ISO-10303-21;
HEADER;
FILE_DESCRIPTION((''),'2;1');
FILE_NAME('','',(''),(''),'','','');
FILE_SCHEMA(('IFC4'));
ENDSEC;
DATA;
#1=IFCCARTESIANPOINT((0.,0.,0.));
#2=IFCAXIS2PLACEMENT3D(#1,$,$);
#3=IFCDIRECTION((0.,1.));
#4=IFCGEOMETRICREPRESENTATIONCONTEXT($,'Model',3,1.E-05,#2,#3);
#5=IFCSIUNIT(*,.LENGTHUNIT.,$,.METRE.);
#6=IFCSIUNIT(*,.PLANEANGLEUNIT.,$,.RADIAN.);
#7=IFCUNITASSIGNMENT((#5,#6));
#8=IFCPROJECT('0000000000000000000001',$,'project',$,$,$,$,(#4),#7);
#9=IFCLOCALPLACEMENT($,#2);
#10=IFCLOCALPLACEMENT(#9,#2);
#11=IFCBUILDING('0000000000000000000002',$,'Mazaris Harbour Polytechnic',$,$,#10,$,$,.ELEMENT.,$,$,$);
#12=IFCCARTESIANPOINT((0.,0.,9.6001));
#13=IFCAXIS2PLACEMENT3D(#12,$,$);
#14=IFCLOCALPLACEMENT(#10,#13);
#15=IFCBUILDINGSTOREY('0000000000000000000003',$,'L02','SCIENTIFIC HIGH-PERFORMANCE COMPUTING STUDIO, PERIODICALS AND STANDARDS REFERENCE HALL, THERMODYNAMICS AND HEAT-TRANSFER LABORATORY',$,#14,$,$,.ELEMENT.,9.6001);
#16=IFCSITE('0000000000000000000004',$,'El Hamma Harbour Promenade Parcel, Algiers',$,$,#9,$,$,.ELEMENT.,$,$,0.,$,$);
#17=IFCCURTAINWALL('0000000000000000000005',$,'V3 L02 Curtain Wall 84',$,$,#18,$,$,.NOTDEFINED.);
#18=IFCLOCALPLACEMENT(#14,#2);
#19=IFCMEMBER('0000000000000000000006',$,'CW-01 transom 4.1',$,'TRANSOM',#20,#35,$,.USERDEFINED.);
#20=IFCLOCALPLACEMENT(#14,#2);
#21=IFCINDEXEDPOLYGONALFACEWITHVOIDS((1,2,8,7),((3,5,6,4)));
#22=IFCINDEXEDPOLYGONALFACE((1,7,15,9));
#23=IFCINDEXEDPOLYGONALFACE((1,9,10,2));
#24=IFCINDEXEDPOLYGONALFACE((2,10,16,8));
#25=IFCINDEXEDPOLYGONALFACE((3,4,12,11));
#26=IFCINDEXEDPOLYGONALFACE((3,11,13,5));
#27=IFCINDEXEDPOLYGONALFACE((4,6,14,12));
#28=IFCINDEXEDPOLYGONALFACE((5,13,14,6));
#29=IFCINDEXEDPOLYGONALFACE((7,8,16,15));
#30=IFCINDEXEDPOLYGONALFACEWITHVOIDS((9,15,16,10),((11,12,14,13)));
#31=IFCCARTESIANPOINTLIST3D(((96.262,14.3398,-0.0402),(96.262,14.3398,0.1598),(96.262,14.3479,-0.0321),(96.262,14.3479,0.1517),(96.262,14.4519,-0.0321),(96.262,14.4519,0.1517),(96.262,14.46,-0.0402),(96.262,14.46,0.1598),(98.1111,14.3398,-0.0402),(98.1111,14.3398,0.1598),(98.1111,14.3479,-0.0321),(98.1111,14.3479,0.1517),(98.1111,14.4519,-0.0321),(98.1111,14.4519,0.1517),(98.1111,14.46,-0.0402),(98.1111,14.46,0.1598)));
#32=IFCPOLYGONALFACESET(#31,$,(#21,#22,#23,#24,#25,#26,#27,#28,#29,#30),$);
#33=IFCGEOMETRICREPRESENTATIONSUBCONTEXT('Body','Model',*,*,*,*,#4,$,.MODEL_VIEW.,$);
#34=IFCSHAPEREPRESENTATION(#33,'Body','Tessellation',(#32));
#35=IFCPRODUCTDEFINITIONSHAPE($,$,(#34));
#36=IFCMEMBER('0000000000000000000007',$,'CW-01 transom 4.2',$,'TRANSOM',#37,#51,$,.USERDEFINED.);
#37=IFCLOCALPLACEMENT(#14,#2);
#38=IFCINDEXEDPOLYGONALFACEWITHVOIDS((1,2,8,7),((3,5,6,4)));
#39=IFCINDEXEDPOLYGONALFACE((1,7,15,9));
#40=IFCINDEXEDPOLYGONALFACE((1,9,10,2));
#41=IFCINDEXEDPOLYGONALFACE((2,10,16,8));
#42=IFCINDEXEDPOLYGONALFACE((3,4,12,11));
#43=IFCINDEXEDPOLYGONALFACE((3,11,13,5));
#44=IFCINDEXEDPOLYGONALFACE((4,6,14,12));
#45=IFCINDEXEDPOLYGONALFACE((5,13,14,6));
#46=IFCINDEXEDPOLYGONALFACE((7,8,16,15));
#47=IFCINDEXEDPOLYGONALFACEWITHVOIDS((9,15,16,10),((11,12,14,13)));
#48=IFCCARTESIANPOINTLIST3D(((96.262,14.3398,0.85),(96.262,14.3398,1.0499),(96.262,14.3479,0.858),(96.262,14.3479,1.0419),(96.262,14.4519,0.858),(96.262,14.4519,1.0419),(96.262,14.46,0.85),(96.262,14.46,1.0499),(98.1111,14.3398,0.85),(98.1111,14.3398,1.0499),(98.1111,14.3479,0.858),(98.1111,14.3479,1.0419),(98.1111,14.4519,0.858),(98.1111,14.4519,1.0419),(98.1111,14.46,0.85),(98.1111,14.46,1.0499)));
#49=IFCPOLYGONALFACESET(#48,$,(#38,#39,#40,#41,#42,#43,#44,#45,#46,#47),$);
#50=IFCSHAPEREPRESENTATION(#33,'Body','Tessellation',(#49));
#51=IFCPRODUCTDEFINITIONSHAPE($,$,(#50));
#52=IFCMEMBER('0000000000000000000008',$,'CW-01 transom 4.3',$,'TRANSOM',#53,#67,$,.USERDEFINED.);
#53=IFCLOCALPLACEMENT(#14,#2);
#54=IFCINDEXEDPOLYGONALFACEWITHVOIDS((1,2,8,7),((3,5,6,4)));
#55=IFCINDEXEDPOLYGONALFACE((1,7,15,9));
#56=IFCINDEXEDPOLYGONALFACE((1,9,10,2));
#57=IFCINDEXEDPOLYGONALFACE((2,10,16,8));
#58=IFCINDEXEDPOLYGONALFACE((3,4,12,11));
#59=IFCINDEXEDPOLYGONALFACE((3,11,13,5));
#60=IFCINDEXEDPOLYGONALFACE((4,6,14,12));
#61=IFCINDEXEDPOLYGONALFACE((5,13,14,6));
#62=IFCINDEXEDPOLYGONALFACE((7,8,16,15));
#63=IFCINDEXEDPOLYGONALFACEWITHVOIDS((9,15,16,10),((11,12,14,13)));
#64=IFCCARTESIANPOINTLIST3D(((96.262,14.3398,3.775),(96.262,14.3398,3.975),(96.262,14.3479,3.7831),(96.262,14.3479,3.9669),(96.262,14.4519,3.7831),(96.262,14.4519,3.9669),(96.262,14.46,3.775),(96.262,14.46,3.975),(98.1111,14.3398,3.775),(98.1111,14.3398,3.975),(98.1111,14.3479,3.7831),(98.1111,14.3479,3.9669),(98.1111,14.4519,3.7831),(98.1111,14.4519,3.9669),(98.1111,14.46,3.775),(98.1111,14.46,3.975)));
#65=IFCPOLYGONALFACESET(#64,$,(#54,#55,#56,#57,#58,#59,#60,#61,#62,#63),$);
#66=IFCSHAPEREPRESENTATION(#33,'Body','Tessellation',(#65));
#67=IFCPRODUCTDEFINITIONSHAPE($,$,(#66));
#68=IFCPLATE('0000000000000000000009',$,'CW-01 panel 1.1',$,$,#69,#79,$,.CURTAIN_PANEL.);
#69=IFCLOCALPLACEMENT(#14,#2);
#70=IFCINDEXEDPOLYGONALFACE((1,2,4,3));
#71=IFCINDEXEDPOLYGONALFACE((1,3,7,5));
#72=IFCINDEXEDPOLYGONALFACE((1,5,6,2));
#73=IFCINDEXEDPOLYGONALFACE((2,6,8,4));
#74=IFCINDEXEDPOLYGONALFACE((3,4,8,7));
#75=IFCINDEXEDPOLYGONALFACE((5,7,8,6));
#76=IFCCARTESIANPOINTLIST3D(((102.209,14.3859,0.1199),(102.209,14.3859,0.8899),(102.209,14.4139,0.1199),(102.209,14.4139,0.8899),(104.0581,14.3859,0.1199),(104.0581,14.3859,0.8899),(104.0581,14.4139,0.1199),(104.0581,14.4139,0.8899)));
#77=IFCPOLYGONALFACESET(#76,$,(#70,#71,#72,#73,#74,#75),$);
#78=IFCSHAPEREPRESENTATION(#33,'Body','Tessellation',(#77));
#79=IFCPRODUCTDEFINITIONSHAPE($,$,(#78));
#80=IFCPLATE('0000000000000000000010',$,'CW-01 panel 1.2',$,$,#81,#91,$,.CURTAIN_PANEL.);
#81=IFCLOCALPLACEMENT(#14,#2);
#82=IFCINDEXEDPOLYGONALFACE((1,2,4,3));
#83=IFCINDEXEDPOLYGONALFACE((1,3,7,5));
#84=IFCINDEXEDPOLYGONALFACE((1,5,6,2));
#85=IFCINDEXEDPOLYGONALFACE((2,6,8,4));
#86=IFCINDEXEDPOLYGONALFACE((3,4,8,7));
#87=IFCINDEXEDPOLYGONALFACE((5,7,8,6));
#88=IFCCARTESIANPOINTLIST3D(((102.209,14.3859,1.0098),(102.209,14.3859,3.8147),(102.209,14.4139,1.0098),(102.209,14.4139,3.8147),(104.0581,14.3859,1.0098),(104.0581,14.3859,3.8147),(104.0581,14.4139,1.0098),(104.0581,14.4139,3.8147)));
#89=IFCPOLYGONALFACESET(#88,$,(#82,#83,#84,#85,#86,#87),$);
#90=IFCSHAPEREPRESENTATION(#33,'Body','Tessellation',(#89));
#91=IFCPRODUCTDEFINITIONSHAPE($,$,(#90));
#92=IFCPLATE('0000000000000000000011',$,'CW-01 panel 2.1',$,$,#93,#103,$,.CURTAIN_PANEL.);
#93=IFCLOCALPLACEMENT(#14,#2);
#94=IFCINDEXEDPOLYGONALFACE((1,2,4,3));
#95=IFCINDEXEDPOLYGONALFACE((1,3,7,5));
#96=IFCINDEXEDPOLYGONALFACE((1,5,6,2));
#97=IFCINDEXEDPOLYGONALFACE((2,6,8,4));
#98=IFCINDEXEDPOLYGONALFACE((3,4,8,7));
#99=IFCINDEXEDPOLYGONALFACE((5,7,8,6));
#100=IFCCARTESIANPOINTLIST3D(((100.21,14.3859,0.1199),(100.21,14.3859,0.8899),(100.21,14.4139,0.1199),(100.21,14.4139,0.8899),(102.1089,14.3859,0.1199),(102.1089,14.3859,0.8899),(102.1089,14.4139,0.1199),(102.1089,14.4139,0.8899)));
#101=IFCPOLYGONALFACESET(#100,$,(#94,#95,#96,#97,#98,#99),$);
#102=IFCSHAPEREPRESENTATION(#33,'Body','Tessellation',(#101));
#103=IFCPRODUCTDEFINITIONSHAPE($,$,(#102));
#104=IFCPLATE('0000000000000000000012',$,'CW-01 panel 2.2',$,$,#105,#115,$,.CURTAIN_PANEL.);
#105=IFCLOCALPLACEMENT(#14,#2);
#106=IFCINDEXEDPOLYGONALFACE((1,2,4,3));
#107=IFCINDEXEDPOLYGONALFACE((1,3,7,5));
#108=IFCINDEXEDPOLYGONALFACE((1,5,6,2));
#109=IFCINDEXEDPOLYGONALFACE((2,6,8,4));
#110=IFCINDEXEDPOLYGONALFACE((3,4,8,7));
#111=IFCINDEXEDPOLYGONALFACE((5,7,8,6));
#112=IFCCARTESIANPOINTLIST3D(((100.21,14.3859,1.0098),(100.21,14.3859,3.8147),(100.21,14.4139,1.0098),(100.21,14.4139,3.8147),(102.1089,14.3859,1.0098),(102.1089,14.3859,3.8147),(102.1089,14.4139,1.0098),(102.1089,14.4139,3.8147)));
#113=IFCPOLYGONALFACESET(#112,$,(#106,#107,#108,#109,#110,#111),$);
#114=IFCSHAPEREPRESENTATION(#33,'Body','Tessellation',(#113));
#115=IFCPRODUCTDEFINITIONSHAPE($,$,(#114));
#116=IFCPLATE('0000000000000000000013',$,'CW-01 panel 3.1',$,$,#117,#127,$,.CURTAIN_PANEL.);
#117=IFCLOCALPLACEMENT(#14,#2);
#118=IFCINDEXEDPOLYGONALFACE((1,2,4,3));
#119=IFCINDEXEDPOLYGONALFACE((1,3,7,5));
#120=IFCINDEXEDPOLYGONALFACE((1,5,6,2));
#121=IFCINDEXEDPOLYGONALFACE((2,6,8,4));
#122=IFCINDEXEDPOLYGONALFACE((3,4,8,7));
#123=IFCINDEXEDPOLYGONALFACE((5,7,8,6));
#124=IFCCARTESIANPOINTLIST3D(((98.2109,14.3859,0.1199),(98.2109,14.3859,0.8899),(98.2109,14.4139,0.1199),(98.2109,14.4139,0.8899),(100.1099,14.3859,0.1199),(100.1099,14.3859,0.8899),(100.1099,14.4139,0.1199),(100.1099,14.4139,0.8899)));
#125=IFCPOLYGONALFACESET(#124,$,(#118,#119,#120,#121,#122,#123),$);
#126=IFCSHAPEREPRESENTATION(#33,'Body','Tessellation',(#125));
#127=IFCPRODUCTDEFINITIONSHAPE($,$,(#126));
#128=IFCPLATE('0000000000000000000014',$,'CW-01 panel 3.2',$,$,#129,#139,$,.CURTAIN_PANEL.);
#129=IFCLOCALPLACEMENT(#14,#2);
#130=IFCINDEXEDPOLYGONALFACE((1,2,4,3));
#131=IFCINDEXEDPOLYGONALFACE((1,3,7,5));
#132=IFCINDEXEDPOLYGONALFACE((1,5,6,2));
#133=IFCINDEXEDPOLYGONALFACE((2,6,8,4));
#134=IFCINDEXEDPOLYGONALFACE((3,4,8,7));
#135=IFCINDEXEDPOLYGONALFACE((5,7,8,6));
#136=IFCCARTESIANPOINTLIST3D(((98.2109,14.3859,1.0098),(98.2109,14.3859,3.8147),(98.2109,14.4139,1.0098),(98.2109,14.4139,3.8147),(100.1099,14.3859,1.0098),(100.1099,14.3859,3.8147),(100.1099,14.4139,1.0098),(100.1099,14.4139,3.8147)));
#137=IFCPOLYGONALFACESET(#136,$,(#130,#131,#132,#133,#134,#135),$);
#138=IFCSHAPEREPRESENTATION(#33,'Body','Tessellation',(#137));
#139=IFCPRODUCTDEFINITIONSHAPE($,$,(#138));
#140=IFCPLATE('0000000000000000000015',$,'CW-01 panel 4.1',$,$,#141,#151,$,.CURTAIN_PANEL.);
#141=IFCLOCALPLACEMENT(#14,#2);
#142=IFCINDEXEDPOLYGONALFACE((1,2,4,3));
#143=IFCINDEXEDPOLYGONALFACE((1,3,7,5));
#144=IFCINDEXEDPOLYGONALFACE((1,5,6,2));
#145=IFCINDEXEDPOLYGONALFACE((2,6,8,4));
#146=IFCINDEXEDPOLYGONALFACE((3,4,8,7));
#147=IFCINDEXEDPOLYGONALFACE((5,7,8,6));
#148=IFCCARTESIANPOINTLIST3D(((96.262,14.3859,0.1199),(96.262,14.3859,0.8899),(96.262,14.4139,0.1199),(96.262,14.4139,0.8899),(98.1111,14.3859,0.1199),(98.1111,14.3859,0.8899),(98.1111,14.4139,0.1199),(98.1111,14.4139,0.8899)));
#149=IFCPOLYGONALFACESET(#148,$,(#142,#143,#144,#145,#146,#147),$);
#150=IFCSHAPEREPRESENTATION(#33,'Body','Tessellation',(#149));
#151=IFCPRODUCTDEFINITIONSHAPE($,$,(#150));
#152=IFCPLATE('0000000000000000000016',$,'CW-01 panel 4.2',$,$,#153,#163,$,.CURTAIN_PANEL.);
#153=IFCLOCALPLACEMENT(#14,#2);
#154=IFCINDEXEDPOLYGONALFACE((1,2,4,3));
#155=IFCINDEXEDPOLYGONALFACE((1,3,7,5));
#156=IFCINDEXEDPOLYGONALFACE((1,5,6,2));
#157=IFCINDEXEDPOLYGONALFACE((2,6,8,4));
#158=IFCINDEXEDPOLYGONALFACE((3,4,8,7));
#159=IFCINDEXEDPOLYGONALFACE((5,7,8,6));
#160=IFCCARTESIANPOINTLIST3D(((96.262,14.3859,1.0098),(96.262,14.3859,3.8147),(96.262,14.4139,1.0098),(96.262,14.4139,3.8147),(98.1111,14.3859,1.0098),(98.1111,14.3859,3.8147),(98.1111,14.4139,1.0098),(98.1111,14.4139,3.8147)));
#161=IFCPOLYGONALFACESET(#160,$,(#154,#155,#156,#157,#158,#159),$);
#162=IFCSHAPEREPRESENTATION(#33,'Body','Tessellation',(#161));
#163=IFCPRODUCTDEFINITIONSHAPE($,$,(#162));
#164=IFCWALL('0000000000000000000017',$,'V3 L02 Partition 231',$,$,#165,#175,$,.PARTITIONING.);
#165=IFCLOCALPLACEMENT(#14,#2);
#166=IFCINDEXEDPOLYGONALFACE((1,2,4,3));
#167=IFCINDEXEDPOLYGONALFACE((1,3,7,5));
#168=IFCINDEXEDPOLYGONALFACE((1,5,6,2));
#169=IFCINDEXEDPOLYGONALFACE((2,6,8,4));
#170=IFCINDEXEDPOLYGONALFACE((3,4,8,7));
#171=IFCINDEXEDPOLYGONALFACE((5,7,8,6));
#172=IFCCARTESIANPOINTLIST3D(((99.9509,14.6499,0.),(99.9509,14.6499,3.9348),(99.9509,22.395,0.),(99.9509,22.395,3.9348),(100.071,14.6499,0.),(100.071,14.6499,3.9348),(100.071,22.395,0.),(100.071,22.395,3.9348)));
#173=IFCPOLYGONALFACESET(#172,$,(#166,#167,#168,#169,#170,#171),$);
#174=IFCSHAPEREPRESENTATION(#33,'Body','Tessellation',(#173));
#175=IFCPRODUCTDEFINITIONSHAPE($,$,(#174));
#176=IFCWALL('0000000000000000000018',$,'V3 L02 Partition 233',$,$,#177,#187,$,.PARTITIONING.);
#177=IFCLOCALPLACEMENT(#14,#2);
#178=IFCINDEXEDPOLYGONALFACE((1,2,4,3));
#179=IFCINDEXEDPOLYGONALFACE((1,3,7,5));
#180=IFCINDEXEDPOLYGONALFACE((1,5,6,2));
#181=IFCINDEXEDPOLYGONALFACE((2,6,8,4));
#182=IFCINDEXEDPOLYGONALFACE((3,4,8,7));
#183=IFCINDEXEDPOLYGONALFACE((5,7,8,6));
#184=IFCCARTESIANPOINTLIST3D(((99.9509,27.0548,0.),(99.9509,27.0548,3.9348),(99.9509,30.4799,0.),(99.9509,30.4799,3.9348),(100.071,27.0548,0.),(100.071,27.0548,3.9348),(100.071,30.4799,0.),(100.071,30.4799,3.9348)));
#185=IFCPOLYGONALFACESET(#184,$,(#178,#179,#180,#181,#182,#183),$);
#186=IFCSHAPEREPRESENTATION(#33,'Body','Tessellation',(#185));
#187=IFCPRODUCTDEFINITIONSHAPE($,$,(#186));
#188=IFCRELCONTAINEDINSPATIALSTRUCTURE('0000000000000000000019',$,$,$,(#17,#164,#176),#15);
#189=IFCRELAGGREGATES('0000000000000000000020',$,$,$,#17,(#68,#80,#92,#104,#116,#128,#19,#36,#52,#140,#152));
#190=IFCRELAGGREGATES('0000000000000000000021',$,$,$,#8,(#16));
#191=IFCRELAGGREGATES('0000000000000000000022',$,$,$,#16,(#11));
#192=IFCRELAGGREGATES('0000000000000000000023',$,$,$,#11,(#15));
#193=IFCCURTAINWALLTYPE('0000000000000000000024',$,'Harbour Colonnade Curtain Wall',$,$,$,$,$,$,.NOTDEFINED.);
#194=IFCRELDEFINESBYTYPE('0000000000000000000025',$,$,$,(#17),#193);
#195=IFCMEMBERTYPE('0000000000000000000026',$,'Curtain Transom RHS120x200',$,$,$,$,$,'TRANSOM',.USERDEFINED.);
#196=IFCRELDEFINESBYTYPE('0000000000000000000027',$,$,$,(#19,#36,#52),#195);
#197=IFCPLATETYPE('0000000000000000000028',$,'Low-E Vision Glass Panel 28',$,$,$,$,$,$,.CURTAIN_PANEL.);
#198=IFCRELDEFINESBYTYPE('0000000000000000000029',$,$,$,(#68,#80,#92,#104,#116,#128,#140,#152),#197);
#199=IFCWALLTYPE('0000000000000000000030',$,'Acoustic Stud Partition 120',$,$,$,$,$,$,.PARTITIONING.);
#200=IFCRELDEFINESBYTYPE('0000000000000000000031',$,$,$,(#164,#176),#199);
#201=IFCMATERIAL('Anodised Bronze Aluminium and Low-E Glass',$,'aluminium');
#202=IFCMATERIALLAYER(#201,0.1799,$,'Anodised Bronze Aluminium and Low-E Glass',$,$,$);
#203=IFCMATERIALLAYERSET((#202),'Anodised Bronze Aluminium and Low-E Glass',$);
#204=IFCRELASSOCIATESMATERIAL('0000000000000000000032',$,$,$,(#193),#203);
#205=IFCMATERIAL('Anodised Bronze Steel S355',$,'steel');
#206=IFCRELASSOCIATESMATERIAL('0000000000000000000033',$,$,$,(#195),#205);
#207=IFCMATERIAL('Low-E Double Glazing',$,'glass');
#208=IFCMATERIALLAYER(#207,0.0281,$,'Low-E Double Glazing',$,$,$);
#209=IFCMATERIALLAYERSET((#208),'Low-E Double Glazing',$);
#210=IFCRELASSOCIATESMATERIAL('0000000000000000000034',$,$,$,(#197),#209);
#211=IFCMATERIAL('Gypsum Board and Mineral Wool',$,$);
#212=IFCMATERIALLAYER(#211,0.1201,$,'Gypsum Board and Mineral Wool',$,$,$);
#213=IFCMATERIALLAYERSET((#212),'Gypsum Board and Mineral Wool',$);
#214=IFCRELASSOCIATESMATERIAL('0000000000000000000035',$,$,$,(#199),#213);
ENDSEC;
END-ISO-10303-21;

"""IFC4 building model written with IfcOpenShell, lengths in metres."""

from ifc_helpers import new_model, si_unit, direction, frame, frame_2d, origin, origin_2d, place, context, subcontext, project, spatial, rectangle, hollow_rectangle, extrude, material, layer, layer_set, material_profile, profile_set, type_object, element, aggregate, save


model = new_model("IFC4")

# Units and contexts
model_context = context("Model", 3, precision=1e-05, world=origin(), true_north=direction((0.0, 1.0)))
body_context = subcontext(model_context, "Body", "Model", "MODEL_VIEW")
ifc_project = project(units=[si_unit("LENGTHUNIT", "METRE"), si_unit("PLANEANGLEUNIT", "RADIAN")], contexts=[model_context])

# Site, building, storey
site_placement = place(None, origin())
site = spatial("IfcSite", under=ifc_project, at=site_placement, Name="El Hamma Harbour Promenade Parcel, Algiers", CompositionType="ELEMENT", RefElevation=0.0)
building_placement = place(site_placement, origin())
building = spatial("IfcBuilding", under=site, at=building_placement, Name="Mazaris Harbour Polytechnic", CompositionType="ELEMENT")
storey_placement = place(building_placement, frame((0.0, 0.0, 9.6001)))
storey = spatial("IfcBuildingStorey", under=building, at=storey_placement, Name="L02", Description="SCIENTIFIC HIGH-PERFORMANCE COMPUTING STUDIO, PERIODICALS AND STANDARDS REFERENCE HALL, THERMODYNAMICS AND HEAT-TRANSFER LABORATORY", CompositionType="ELEMENT", Elevation=9.6001)

# Shared definitions
ifc_material_1 = material(Name="Anodised Bronze Aluminium and Low-E Glass", Category="aluminium")
ifc_layer_1 = layer(ifc_material_1, 0.1799, Name="Anodised Bronze Aluminium and Low-E Glass")
ifc_layer_set_1 = layer_set([ifc_layer_1], Name="Anodised Bronze Aluminium and Low-E Glass")
curtain_wall_type = type_object("IfcCurtainWallType", Name="Harbour Colonnade Curtain Wall", PredefinedType="NOTDEFINED", material=ifc_layer_set_1)

# Curtain wall
curtain_wall_1_placement = place(storey_placement, origin())
curtain_wall_1 = element("IfcCurtainWall", 1, at=curtain_wall_1_placement, inside=storey, type_object=curtain_wall_type, Name="V3 L02 Curtain Wall 84", PredefinedType="NOTDEFINED")

# Members
ifc_material_2 = material(Name="Anodised Bronze Steel S355", Category="steel")
ifc_material_profile_1 = material_profile(ifc_material_2, hollow_rectangle(XDim=0.1201, YDim=0.2, WallThickness=0.0081, at=origin_2d()), Name="RHS 120x200x8.0")
ifc_profile_set_1 = profile_set([ifc_material_profile_1], Name="Anodised Bronze Steel S355")
member_type_1 = type_object("IfcMemberType", Name="Curtain Transom RHS120x200", ElementType="TRANSOM", PredefinedType="USERDEFINED", material=ifc_profile_set_1)
member_1_placement = place(storey_placement, frame((98.1111, 14.3999, 0.0598), z_axis=(-1.0, 0.0, 0.0), x_axis=(0.0, -1.0, 0.0)))
member_1 = element("IfcMember", 2, at=member_1_placement, type_object=member_type_1, Name="CW-01 transom 4.1", ObjectType="TRANSOM", PredefinedType="USERDEFINED", context=body_context, shape_type="SweptSolid", body=[
    extrude(hollow_rectangle(XDim=0.1201, YDim=0.2, WallThickness=0.0081, at=origin_2d()), origin(), (0.0, 0.0, 1.0), 1.8491),
])
member_2_placement = place(storey_placement, frame((98.1111, 14.3999, 0.95), z_axis=(-1.0, 0.0, 0.0), x_axis=(0.0, -1.0, 0.0)))
member_2 = element("IfcMember", 3, at=member_2_placement, type_object=member_type_1, Name="CW-01 transom 4.2", ObjectType="TRANSOM", PredefinedType="USERDEFINED", context=body_context, shape_type="SweptSolid", body=[
    extrude(hollow_rectangle(XDim=0.1201, YDim=0.2, WallThickness=0.0081, at=origin_2d()), origin(), (0.0, 0.0, 1.0), 1.8491),
])
member_3_placement = place(storey_placement, frame((98.1111, 14.3999, 3.875), z_axis=(-1.0, 0.0, 0.0), x_axis=(0.0, -1.0, 0.0)))
member_3 = element("IfcMember", 4, at=member_3_placement, type_object=member_type_1, Name="CW-01 transom 4.3", ObjectType="TRANSOM", PredefinedType="USERDEFINED", context=body_context, shape_type="SweptSolid", body=[
    extrude(hollow_rectangle(XDim=0.1201, YDim=0.2, WallThickness=0.0081, at=origin_2d()), origin(), (0.0, 0.0, 1.0), 1.8491),
])

# Plates
ifc_material_3 = material(Name="Low-E Double Glazing", Category="glass")
ifc_layer_2 = layer(ifc_material_3, 0.0281, Name="Low-E Double Glazing")
ifc_layer_set_2 = layer_set([ifc_layer_2], Name="Low-E Double Glazing")
plate_type = type_object("IfcPlateType", Name="Low-E Vision Glass Panel 28", PredefinedType="CURTAIN_PANEL", material=ifc_layer_set_2)
plate_1_placement = place(storey_placement, frame((103.1335, 14.3999, 0.1199), z_axis=(0.0, 0.0, 1.0), x_axis=(-1.0, 0.0, 0.0)))
plate_1 = element("IfcPlate", 5, at=plate_1_placement, type_object=plate_type, Name="CW-01 panel 1.1", PredefinedType="CURTAIN_PANEL", context=body_context, shape_type="SweptSolid", body=[
    extrude(rectangle(XDim=1.8491, YDim=0.0281, at=origin_2d()), origin(), (0.0, 0.0, 1.0), 0.77),
])
plate_2_placement = place(storey_placement, frame((103.1335, 14.3999, 1.0098), z_axis=(0.0, 0.0, 1.0), x_axis=(-1.0, 0.0, 0.0)))
plate_2 = element("IfcPlate", 6, at=plate_2_placement, type_object=plate_type, Name="CW-01 panel 1.2", PredefinedType="CURTAIN_PANEL", context=body_context, shape_type="SweptSolid", body=[
    extrude(rectangle(XDim=1.8491, YDim=0.0281, at=origin_2d()), origin(), (0.0, 0.0, 1.0), 2.8049),
])
plate_3_placement = place(storey_placement, frame((101.1594, 14.3999, 0.1199), z_axis=(0.0, 0.0, 1.0), x_axis=(-1.0, 0.0, 0.0)))
plate_3 = element("IfcPlate", 7, at=plate_3_placement, type_object=plate_type, Name="CW-01 panel 2.1", PredefinedType="CURTAIN_PANEL", context=body_context, shape_type="SweptSolid", body=[
    extrude(rectangle(XDim=1.8989, YDim=0.0281, at=origin_2d()), origin(), (0.0, 0.0, 1.0), 0.77),
])
plate_4_placement = place(storey_placement, frame((101.1594, 14.3999, 1.0098), z_axis=(0.0, 0.0, 1.0), x_axis=(-1.0, 0.0, 0.0)))
plate_4 = element("IfcPlate", 8, at=plate_4_placement, type_object=plate_type, Name="CW-01 panel 2.2", PredefinedType="CURTAIN_PANEL", context=body_context, shape_type="SweptSolid", body=[
    extrude(rectangle(XDim=1.8989, YDim=0.0281, at=origin_2d()), origin(), (0.0, 0.0, 1.0), 2.8049),
])
plate_5_placement = place(storey_placement, frame((99.1604, 14.3999, 0.1199), z_axis=(0.0, 0.0, 1.0), x_axis=(-1.0, 0.0, 0.0)))
plate_5 = element("IfcPlate", 9, at=plate_5_placement, type_object=plate_type, Name="CW-01 panel 3.1", PredefinedType="CURTAIN_PANEL", context=body_context, shape_type="SweptSolid", body=[
    extrude(rectangle(XDim=1.8989, YDim=0.0281, at=origin_2d()), origin(), (0.0, 0.0, 1.0), 0.77),
])
plate_6_placement = place(storey_placement, frame((99.1604, 14.3999, 1.0098), z_axis=(0.0, 0.0, 1.0), x_axis=(-1.0, 0.0, 0.0)))
plate_6 = element("IfcPlate", 10, at=plate_6_placement, type_object=plate_type, Name="CW-01 panel 3.2", PredefinedType="CURTAIN_PANEL", context=body_context, shape_type="SweptSolid", body=[
    extrude(rectangle(XDim=1.8989, YDim=0.0281, at=origin_2d()), origin(), (0.0, 0.0, 1.0), 2.8049),
])
plate_7_placement = place(storey_placement, frame((97.1865, 14.3999, 0.1199), z_axis=(0.0, 0.0, 1.0), x_axis=(-1.0, 0.0, 0.0)))
plate_7 = element("IfcPlate", 11, at=plate_7_placement, type_object=plate_type, Name="CW-01 panel 4.1", PredefinedType="CURTAIN_PANEL", context=body_context, shape_type="SweptSolid", body=[
    extrude(rectangle(XDim=1.8491, YDim=0.0281, at=origin_2d()), origin(), (0.0, 0.0, 1.0), 0.77),
])
plate_8_placement = place(storey_placement, frame((97.1865, 14.3999, 1.0098), z_axis=(0.0, 0.0, 1.0), x_axis=(-1.0, 0.0, 0.0)))
plate_8 = element("IfcPlate", 12, at=plate_8_placement, type_object=plate_type, Name="CW-01 panel 4.2", PredefinedType="CURTAIN_PANEL", context=body_context, shape_type="SweptSolid", body=[
    extrude(rectangle(XDim=1.8491, YDim=0.0281, at=origin_2d()), origin(), (0.0, 0.0, 1.0), 2.8049),
])
aggregate(curtain_wall_1, [plate_1, plate_2, plate_3, plate_4, plate_5, plate_6, member_1, member_2, member_3, plate_7, plate_8])

# Walls
ifc_material_4 = material(Name="Gypsum Board and Mineral Wool")
ifc_layer_3 = layer(ifc_material_4, 0.1201, Name="Gypsum Board and Mineral Wool")
ifc_layer_set_3 = layer_set([ifc_layer_3], Name="Gypsum Board and Mineral Wool")
wall_type_1 = type_object("IfcWallType", Name="Acoustic Stud Partition 120", PredefinedType="PARTITIONING", material=ifc_layer_set_3)
wall_1_placement = place(storey_placement, frame((100.011, 14.6499, 0.0), z_axis=(0.0, 0.0, 1.0), x_axis=(0.0, 1.0, 0.0)))
element("IfcWall", 13, at=wall_1_placement, inside=storey, type_object=wall_type_1, Name="V3 L02 Partition 231", PredefinedType="PARTITIONING", context=body_context, shape_type="SweptSolid", body=[
    extrude(rectangle(XDim=7.7451, YDim=0.1201, at=frame_2d((3.8726, 0.0))), origin(), (0.0, 0.0, 1.0), 3.9348),
])
wall_2_placement = place(storey_placement, frame((100.011, 27.0549, 0.0), z_axis=(0.0, 0.0, 1.0), x_axis=(0.0, 1.0, 0.0)))
element("IfcWall", 14, at=wall_2_placement, inside=storey, type_object=wall_type_1, Name="V3 L02 Partition 233", PredefinedType="PARTITIONING", context=body_context, shape_type="SweptSolid", body=[
    extrude(rectangle(XDim=3.425, YDim=0.1201, at=frame_2d((1.7124, 0.0))), origin(), (0.0, 0.0, 1.0), 3.9348),
])

save(model, "model.ifc")
